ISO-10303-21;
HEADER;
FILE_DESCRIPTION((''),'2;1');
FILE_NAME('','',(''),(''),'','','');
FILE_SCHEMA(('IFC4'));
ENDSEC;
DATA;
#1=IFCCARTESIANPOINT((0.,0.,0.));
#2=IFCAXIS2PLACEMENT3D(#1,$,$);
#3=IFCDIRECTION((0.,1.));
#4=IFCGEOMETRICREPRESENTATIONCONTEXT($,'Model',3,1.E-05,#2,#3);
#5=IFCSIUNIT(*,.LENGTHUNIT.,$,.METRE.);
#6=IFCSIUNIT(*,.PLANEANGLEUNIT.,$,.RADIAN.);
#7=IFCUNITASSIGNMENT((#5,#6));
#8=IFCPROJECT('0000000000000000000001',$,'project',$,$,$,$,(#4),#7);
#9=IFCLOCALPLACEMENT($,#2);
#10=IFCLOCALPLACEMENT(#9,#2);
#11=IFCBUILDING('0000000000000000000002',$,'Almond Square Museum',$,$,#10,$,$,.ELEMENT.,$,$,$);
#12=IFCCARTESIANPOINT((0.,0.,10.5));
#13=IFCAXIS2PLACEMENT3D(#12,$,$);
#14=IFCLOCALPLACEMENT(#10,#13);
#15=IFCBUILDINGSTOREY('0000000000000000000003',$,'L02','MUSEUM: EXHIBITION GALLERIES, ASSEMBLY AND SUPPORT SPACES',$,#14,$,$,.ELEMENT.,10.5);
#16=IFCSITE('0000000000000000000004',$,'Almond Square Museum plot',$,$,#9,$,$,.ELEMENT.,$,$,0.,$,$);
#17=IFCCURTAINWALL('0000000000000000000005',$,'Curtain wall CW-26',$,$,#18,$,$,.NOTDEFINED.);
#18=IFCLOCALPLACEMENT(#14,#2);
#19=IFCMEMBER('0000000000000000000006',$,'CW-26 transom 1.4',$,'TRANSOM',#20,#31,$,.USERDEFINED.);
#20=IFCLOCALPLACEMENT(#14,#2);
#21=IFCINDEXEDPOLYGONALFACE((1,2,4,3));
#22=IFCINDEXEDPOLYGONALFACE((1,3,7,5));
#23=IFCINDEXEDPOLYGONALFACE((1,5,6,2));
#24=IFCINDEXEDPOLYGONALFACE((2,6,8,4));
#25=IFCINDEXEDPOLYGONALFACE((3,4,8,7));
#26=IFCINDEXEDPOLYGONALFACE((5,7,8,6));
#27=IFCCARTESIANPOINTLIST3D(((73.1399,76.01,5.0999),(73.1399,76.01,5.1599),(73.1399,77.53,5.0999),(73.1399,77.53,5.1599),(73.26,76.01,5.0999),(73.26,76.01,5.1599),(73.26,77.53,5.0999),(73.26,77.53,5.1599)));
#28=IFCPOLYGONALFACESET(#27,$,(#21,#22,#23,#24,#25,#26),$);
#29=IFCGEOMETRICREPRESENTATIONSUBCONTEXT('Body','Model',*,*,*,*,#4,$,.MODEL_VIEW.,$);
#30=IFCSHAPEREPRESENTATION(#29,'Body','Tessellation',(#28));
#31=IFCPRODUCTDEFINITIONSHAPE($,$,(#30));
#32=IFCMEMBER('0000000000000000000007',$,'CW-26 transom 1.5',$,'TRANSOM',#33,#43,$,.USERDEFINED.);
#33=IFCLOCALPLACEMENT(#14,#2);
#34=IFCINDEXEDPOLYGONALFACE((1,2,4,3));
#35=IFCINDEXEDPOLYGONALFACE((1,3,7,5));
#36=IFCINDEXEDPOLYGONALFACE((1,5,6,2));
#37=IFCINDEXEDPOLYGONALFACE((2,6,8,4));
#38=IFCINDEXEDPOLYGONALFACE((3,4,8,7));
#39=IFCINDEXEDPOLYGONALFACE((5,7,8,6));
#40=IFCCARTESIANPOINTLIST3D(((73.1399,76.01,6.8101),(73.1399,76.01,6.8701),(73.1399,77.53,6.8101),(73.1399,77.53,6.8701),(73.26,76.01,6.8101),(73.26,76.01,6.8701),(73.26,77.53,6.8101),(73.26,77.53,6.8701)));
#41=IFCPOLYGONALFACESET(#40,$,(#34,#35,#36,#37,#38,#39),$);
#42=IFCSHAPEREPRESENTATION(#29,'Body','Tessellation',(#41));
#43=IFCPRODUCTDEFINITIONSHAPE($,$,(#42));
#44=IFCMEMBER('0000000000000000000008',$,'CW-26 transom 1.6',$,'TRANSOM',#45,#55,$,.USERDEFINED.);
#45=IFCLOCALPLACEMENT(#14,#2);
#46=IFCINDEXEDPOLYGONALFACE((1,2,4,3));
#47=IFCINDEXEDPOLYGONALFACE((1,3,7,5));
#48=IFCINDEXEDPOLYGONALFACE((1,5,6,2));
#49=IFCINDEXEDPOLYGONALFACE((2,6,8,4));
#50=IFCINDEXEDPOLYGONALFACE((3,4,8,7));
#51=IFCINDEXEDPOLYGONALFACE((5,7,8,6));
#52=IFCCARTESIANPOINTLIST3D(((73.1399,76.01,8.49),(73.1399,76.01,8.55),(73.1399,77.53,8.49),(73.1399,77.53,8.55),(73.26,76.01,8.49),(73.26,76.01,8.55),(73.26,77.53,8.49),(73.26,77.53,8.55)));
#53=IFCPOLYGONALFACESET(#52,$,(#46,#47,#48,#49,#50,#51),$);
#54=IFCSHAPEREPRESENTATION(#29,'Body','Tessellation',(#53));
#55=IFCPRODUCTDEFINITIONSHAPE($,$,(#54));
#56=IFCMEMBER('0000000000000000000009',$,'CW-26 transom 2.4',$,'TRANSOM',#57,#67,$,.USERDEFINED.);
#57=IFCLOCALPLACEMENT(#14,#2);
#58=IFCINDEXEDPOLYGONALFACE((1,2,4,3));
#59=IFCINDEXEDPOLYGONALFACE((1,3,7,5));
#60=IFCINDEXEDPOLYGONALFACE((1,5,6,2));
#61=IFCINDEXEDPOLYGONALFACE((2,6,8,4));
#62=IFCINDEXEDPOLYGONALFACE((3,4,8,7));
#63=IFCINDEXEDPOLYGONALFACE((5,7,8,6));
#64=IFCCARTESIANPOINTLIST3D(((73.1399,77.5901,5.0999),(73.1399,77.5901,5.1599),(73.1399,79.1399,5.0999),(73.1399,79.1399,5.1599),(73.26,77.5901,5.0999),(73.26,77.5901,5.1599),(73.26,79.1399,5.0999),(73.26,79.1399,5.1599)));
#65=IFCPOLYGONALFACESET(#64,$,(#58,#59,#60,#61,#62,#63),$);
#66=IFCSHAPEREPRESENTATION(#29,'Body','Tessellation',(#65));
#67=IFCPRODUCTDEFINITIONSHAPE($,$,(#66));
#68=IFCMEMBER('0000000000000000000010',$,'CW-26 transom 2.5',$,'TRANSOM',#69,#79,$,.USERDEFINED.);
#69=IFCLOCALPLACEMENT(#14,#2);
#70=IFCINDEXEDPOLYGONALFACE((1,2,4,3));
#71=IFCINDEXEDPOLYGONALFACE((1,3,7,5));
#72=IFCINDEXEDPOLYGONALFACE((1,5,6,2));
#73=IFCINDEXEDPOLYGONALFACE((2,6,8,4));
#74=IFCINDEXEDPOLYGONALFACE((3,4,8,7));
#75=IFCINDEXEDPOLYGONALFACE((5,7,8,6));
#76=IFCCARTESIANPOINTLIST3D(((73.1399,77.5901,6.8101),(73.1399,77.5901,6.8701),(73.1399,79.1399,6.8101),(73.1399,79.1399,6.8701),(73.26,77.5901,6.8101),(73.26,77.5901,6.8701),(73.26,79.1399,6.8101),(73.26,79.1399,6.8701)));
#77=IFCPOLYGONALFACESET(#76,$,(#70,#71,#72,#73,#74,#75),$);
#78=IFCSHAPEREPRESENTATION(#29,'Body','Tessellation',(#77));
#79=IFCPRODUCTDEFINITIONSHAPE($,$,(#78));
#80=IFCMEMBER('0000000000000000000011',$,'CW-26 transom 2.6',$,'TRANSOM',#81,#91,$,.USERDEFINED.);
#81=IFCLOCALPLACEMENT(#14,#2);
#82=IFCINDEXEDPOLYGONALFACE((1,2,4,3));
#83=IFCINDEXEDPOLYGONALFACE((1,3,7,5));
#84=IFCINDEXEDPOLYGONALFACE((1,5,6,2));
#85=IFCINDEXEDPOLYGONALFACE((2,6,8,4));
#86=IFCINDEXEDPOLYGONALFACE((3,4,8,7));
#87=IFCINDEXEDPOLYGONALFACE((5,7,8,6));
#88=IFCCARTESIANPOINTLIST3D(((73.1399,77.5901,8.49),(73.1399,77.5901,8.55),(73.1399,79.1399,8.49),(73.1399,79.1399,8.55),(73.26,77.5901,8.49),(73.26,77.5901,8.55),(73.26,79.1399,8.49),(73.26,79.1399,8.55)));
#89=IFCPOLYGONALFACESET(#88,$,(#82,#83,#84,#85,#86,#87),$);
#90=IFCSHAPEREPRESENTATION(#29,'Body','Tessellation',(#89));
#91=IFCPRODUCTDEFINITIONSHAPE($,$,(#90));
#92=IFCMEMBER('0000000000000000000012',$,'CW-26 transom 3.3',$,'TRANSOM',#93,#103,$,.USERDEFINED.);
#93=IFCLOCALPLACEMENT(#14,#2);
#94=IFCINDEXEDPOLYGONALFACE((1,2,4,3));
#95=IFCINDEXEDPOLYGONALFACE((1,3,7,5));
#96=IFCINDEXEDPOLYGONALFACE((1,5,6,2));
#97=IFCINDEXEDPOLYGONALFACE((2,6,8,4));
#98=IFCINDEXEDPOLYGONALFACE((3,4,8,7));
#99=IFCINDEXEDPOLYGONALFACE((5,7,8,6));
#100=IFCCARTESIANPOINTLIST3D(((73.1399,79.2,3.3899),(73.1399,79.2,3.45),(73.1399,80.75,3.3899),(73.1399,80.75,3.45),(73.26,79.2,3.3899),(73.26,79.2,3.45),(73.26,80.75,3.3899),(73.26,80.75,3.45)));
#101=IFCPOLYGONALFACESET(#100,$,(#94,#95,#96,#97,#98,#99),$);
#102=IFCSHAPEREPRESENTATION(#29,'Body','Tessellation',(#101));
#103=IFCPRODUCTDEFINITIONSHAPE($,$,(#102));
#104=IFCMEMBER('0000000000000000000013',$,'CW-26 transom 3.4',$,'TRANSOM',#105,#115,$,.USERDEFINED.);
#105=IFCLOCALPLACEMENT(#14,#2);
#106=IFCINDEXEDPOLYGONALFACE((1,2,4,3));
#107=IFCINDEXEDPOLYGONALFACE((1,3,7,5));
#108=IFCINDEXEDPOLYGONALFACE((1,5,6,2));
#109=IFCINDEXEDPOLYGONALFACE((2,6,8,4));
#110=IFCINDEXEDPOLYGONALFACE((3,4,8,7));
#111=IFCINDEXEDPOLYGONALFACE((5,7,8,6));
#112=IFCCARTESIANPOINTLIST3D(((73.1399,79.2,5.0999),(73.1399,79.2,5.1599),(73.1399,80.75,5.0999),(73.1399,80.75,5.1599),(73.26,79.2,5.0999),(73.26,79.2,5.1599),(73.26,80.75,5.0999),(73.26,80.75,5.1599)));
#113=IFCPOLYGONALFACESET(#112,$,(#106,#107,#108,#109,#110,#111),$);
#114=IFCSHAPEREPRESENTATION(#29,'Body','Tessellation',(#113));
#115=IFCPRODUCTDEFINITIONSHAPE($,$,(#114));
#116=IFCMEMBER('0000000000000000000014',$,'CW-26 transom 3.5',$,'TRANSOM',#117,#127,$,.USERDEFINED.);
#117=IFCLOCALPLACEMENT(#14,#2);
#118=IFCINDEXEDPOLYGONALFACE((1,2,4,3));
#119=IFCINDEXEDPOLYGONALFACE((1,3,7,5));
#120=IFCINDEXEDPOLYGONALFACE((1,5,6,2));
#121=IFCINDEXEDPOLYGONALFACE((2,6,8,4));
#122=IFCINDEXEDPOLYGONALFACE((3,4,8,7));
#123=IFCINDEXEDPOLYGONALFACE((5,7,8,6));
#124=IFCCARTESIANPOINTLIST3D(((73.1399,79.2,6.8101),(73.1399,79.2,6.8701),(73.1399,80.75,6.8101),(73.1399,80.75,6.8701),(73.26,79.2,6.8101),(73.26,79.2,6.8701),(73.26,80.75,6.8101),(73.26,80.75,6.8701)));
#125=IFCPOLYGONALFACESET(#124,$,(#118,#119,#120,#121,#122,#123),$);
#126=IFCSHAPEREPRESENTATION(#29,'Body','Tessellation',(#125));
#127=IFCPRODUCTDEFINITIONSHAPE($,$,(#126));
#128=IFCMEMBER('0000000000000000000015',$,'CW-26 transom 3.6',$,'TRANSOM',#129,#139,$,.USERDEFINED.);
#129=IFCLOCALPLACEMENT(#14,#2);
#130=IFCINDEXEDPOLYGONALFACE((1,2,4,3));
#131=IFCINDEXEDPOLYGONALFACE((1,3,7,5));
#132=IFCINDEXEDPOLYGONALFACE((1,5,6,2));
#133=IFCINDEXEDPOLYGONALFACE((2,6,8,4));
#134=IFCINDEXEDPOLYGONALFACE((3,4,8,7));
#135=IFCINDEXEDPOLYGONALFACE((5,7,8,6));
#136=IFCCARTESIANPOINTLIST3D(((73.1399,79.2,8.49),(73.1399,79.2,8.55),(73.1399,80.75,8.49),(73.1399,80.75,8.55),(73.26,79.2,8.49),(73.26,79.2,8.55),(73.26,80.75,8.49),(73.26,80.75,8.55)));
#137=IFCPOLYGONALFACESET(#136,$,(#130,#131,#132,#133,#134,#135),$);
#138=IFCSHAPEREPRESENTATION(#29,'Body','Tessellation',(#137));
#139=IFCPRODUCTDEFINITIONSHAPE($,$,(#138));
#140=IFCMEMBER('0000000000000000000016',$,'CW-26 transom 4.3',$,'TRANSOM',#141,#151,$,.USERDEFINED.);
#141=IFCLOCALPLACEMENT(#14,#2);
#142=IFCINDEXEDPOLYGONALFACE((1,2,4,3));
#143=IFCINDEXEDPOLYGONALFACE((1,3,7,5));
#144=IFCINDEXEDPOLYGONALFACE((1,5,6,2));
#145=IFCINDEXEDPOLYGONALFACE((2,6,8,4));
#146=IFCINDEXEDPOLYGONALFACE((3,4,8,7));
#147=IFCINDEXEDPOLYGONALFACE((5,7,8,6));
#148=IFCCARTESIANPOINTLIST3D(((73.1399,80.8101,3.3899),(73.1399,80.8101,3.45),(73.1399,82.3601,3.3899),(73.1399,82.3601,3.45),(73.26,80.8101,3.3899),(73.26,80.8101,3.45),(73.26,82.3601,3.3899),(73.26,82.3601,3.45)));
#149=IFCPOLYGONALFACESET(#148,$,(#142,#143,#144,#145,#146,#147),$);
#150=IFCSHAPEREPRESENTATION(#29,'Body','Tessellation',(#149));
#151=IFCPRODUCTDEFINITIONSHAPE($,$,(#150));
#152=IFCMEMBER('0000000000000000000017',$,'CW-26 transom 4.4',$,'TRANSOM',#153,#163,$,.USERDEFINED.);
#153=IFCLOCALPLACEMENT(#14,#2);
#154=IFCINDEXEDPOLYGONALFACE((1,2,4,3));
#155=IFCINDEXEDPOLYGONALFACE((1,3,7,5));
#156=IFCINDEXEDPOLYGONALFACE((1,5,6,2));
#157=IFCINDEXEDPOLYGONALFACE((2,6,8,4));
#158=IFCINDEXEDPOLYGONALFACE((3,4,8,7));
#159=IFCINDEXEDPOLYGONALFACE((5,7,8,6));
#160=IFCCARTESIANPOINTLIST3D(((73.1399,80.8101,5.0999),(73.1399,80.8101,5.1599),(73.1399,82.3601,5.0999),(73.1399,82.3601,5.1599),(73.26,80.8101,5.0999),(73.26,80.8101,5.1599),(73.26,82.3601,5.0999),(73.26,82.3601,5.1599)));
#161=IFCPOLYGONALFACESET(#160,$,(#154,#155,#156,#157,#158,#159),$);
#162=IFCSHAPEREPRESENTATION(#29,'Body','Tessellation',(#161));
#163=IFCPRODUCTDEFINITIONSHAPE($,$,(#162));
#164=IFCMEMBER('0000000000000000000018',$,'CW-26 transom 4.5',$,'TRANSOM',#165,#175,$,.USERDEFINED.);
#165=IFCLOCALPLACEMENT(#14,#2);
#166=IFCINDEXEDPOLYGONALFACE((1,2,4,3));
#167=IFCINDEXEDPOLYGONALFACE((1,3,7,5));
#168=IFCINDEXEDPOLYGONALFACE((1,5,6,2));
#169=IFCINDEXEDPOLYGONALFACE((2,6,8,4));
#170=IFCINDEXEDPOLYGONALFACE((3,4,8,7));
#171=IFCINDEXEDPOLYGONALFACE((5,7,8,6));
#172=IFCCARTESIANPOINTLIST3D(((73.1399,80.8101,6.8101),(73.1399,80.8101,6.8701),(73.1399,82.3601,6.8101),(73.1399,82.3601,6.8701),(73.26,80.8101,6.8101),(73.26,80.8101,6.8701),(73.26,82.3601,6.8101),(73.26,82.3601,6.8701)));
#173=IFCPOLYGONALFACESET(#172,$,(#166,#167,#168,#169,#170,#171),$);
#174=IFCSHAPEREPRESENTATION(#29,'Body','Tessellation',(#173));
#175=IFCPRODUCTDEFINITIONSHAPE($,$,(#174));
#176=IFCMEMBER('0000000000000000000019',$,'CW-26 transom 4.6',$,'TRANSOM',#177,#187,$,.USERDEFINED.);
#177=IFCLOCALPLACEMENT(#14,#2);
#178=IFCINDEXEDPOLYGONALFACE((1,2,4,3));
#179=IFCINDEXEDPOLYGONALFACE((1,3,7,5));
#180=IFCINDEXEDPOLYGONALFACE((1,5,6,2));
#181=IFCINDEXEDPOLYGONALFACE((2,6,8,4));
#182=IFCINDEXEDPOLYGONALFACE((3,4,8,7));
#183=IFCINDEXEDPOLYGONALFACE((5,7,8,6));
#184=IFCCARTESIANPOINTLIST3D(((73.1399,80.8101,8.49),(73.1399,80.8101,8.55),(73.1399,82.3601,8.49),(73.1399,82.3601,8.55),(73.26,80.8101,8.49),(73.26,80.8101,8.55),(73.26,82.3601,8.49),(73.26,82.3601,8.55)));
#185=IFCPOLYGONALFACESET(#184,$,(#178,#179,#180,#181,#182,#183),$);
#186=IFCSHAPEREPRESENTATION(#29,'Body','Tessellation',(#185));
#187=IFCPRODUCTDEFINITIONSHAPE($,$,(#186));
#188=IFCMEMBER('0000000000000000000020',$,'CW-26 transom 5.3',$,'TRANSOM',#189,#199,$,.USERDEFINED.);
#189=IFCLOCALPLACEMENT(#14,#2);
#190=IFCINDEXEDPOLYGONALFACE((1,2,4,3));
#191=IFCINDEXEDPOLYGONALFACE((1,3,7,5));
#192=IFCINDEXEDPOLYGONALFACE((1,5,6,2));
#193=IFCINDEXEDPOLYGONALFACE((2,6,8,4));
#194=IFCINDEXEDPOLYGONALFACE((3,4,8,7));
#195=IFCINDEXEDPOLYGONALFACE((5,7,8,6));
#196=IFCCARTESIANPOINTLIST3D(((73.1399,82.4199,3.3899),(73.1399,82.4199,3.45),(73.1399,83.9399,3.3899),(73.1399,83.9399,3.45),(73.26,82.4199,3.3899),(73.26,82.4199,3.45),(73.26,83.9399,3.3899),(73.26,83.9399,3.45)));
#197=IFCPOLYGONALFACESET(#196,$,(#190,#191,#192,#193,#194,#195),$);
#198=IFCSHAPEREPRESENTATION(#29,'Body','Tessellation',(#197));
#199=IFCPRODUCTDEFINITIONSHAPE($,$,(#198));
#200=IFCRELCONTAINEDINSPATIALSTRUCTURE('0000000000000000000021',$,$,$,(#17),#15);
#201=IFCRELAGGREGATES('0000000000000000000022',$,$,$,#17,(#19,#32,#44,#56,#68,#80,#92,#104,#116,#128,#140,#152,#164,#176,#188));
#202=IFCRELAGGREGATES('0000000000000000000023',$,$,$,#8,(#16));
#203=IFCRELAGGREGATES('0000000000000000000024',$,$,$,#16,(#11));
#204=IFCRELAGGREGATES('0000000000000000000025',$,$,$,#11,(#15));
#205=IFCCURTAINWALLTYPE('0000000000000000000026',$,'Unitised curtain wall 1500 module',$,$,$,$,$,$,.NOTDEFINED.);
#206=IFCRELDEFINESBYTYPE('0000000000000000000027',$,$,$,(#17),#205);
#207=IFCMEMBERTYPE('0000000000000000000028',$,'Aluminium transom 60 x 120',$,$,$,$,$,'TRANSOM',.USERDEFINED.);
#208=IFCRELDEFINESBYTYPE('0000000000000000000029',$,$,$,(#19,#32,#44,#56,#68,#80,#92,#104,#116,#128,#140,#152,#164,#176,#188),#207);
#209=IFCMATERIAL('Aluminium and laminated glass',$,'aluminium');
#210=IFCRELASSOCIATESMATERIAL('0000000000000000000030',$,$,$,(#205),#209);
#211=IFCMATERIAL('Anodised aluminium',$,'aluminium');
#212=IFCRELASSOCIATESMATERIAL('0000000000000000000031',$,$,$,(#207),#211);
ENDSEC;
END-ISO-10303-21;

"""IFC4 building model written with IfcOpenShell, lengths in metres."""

from ifc_helpers import new_model, si_unit, direction, frame, origin, origin_2d, place, context, subcontext, project, spatial, rectangle, extrude, material, material_profile, profile_set, type_object, element, aggregate, save


model = new_model("IFC4")

# Units and contexts
model_context = context("Model", 3, precision=1e-05, world=origin(), true_north=direction((0.0, 1.0)))
body_context = subcontext(model_context, "Body", "Model", "MODEL_VIEW")
ifc_project = project(units=[si_unit("LENGTHUNIT", "METRE"), si_unit("PLANEANGLEUNIT", "RADIAN")], contexts=[model_context])

# Site, building, storey
site_placement = place(None, origin())
site = spatial("IfcSite", under=ifc_project, at=site_placement, Name="Almond Square Museum plot", CompositionType="ELEMENT", RefElevation=0.0)
building_placement = place(site_placement, origin())
building = spatial("IfcBuilding", under=site, at=building_placement, Name="Almond Square Museum", CompositionType="ELEMENT")
storey_placement = place(building_placement, frame((0.0, 0.0, 10.5)))
storey = spatial("IfcBuildingStorey", under=building, at=storey_placement, Name="L02", Description="MUSEUM: EXHIBITION GALLERIES, ASSEMBLY AND SUPPORT SPACES", CompositionType="ELEMENT", Elevation=10.5)

# Curtain wall, members
ifc_material_1 = material(Name="Aluminium and laminated glass", Category="aluminium")
curtain_wall_type = type_object("IfcCurtainWallType", Name="Unitised curtain wall 1500 module", PredefinedType="NOTDEFINED", material=ifc_material_1)
curtain_wall_placement = place(storey_placement, origin())
curtain_wall = element("IfcCurtainWall", 1, at=curtain_wall_placement, inside=storey, type_object=curtain_wall_type, Name="Curtain wall CW-26", PredefinedType="NOTDEFINED")
ifc_material_2 = material(Name="Anodised aluminium", Category="aluminium")
ifc_material_profile = material_profile(ifc_material_2, rectangle(XDim=0.1201, YDim=0.0601, at=origin_2d()))
ifc_profile_set = profile_set([ifc_material_profile], Name="Anodised aluminium")
member_type = type_object("IfcMemberType", Name="Aluminium transom 60 x 120", ElementType="TRANSOM", PredefinedType="USERDEFINED", material=ifc_profile_set)
member_1_placement = place(storey_placement, frame((73.2, 76.01, 5.1299), z_axis=(0.0, 1.0, 0.0), x_axis=(-1.0, 0.0, 0.0)))
member_1 = element("IfcMember", 2, at=member_1_placement, type_object=member_type, Name="CW-26 transom 1.4", ObjectType="TRANSOM", PredefinedType="USERDEFINED", context=body_context, shape_type="SweptSolid", body=[
    extrude(rectangle(XDim=0.1201, YDim=0.0601, at=origin_2d()), origin(), (0.0, 0.0, 1.0), 1.52),
])
member_2_placement = place(storey_placement, frame((73.2, 76.01, 6.8401), z_axis=(0.0, 1.0, 0.0), x_axis=(-1.0, 0.0, 0.0)))
member_2 = element("IfcMember", 3, at=member_2_placement, type_object=member_type, Name="CW-26 transom 1.5", ObjectType="TRANSOM", PredefinedType="USERDEFINED", context=body_context, shape_type="SweptSolid", body=[
    extrude(rectangle(XDim=0.1201, YDim=0.0601, at=origin_2d()), origin(), (0.0, 0.0, 1.0), 1.52),
])
member_3_placement = place(storey_placement, frame((73.2, 76.01, 8.52), z_axis=(0.0, 1.0, 0.0), x_axis=(-1.0, 0.0, 0.0)))
member_3 = element("IfcMember", 4, at=member_3_placement, type_object=member_type, Name="CW-26 transom 1.6", ObjectType="TRANSOM", PredefinedType="USERDEFINED", context=body_context, shape_type="SweptSolid", body=[
    extrude(rectangle(XDim=0.1201, YDim=0.0601, at=origin_2d()), origin(), (0.0, 0.0, 1.0), 1.52),
])
member_4_placement = place(storey_placement, frame((73.2, 77.5901, 5.1299), z_axis=(0.0, 1.0, 0.0), x_axis=(-1.0, 0.0, 0.0)))
member_4 = element("IfcMember", 5, at=member_4_placement, type_object=member_type, Name="CW-26 transom 2.4", ObjectType="TRANSOM", PredefinedType="USERDEFINED", context=body_context, shape_type="SweptSolid", body=[
    extrude(rectangle(XDim=0.1201, YDim=0.0601, at=origin_2d()), origin(), (0.0, 0.0, 1.0), 1.5498),
])
member_5_placement = place(storey_placement, frame((73.2, 77.5901, 6.8401), z_axis=(0.0, 1.0, 0.0), x_axis=(-1.0, 0.0, 0.0)))
member_5 = element("IfcMember", 6, at=member_5_placement, type_object=member_type, Name="CW-26 transom 2.5", ObjectType="TRANSOM", PredefinedType="USERDEFINED", context=body_context, shape_type="SweptSolid", body=[
    extrude(rectangle(XDim=0.1201, YDim=0.0601, at=origin_2d()), origin(), (0.0, 0.0, 1.0), 1.5498),
])
member_6_placement = place(storey_placement, frame((73.2, 77.5901, 8.52), z_axis=(0.0, 1.0, 0.0), x_axis=(-1.0, 0.0, 0.0)))
member_6 = element("IfcMember", 7, at=member_6_placement, type_object=member_type, Name="CW-26 transom 2.6", ObjectType="TRANSOM", PredefinedType="USERDEFINED", context=body_context, shape_type="SweptSolid", body=[
    extrude(rectangle(XDim=0.1201, YDim=0.0601, at=origin_2d()), origin(), (0.0, 0.0, 1.0), 1.5498),
])
member_7_placement = place(storey_placement, frame((73.2, 79.2, 3.4199), z_axis=(0.0, 1.0, 0.0), x_axis=(-1.0, 0.0, 0.0)))
member_7 = element("IfcMember", 8, at=member_7_placement, type_object=member_type, Name="CW-26 transom 3.3", ObjectType="TRANSOM", PredefinedType="USERDEFINED", context=body_context, shape_type="SweptSolid", body=[
    extrude(rectangle(XDim=0.1201, YDim=0.0601, at=origin_2d()), origin(), (0.0, 0.0, 1.0), 1.55),
])
member_8_placement = place(storey_placement, frame((73.2, 79.2, 5.1299), z_axis=(0.0, 1.0, 0.0), x_axis=(-1.0, 0.0, 0.0)))
member_8 = element("IfcMember", 9, at=member_8_placement, type_object=member_type, Name="CW-26 transom 3.4", ObjectType="TRANSOM", PredefinedType="USERDEFINED", context=body_context, shape_type="SweptSolid", body=[
    extrude(rectangle(XDim=0.1201, YDim=0.0601, at=origin_2d()), origin(), (0.0, 0.0, 1.0), 1.55),
])
member_9_placement = place(storey_placement, frame((73.2, 79.2, 6.8401), z_axis=(0.0, 1.0, 0.0), x_axis=(-1.0, 0.0, 0.0)))
member_9 = element("IfcMember", 10, at=member_9_placement, type_object=member_type, Name="CW-26 transom 3.5", ObjectType="TRANSOM", PredefinedType="USERDEFINED", context=body_context, shape_type="SweptSolid", body=[
    extrude(rectangle(XDim=0.1201, YDim=0.0601, at=origin_2d()), origin(), (0.0, 0.0, 1.0), 1.55),
])
member_10_placement = place(storey_placement, frame((73.2, 79.2, 8.52), z_axis=(0.0, 1.0, 0.0), x_axis=(-1.0, 0.0, 0.0)))
member_10 = element("IfcMember", 11, at=member_10_placement, type_object=member_type, Name="CW-26 transom 3.6", ObjectType="TRANSOM", PredefinedType="USERDEFINED", context=body_context, shape_type="SweptSolid", body=[
    extrude(rectangle(XDim=0.1201, YDim=0.0601, at=origin_2d()), origin(), (0.0, 0.0, 1.0), 1.55),
])
member_11_placement = place(storey_placement, frame((73.2, 80.8101, 3.4199), z_axis=(0.0, 1.0, 0.0), x_axis=(-1.0, 0.0, 0.0)))
member_11 = element("IfcMember", 12, at=member_11_placement, type_object=member_type, Name="CW-26 transom 4.3", ObjectType="TRANSOM", PredefinedType="USERDEFINED", context=body_context, shape_type="SweptSolid", body=[
    extrude(rectangle(XDim=0.1201, YDim=0.0601, at=origin_2d()), origin(), (0.0, 0.0, 1.0), 1.55),
])
member_12_placement = place(storey_placement, frame((73.2, 80.8101, 5.1299), z_axis=(0.0, 1.0, 0.0), x_axis=(-1.0, 0.0, 0.0)))
member_12 = element("IfcMember", 13, at=member_12_placement, type_object=member_type, Name="CW-26 transom 4.4", ObjectType="TRANSOM", PredefinedType="USERDEFINED", context=body_context, shape_type="SweptSolid", body=[
    extrude(rectangle(XDim=0.1201, YDim=0.0601, at=origin_2d()), origin(), (0.0, 0.0, 1.0), 1.55),
])
member_13_placement = place(storey_placement, frame((73.2, 80.8101, 6.8401), z_axis=(0.0, 1.0, 0.0), x_axis=(-1.0, 0.0, 0.0)))
member_13 = element("IfcMember", 14, at=member_13_placement, type_object=member_type, Name="CW-26 transom 4.5", ObjectType="TRANSOM", PredefinedType="USERDEFINED", context=body_context, shape_type="SweptSolid", body=[
    extrude(rectangle(XDim=0.1201, YDim=0.0601, at=origin_2d()), origin(), (0.0, 0.0, 1.0), 1.55),
])
member_14_placement = place(storey_placement, frame((73.2, 80.8101, 8.52), z_axis=(0.0, 1.0, 0.0), x_axis=(-1.0, 0.0, 0.0)))
member_14 = element("IfcMember", 15, at=member_14_placement, type_object=member_type, Name="CW-26 transom 4.6", ObjectType="TRANSOM", PredefinedType="USERDEFINED", context=body_context, shape_type="SweptSolid", body=[
    extrude(rectangle(XDim=0.1201, YDim=0.0601, at=origin_2d()), origin(), (0.0, 0.0, 1.0), 1.55),
])
member_15_placement = place(storey_placement, frame((73.2, 82.4199, 3.4199), z_axis=(0.0, 1.0, 0.0), x_axis=(-1.0, 0.0, 0.0)))
member_15 = element("IfcMember", 16, at=member_15_placement, type_object=member_type, Name="CW-26 transom 5.3", ObjectType="TRANSOM", PredefinedType="USERDEFINED", context=body_context, shape_type="SweptSolid", body=[
    extrude(rectangle(XDim=0.1201, YDim=0.0601, at=origin_2d()), origin(), (0.0, 0.0, 1.0), 1.52),
])
aggregate(curtain_wall, [member_1, member_2, member_3, member_4, member_5, member_6, member_7, member_8, member_9, member_10, member_11, member_12, member_13, member_14, member_15])

save(model, "model.ifc")
